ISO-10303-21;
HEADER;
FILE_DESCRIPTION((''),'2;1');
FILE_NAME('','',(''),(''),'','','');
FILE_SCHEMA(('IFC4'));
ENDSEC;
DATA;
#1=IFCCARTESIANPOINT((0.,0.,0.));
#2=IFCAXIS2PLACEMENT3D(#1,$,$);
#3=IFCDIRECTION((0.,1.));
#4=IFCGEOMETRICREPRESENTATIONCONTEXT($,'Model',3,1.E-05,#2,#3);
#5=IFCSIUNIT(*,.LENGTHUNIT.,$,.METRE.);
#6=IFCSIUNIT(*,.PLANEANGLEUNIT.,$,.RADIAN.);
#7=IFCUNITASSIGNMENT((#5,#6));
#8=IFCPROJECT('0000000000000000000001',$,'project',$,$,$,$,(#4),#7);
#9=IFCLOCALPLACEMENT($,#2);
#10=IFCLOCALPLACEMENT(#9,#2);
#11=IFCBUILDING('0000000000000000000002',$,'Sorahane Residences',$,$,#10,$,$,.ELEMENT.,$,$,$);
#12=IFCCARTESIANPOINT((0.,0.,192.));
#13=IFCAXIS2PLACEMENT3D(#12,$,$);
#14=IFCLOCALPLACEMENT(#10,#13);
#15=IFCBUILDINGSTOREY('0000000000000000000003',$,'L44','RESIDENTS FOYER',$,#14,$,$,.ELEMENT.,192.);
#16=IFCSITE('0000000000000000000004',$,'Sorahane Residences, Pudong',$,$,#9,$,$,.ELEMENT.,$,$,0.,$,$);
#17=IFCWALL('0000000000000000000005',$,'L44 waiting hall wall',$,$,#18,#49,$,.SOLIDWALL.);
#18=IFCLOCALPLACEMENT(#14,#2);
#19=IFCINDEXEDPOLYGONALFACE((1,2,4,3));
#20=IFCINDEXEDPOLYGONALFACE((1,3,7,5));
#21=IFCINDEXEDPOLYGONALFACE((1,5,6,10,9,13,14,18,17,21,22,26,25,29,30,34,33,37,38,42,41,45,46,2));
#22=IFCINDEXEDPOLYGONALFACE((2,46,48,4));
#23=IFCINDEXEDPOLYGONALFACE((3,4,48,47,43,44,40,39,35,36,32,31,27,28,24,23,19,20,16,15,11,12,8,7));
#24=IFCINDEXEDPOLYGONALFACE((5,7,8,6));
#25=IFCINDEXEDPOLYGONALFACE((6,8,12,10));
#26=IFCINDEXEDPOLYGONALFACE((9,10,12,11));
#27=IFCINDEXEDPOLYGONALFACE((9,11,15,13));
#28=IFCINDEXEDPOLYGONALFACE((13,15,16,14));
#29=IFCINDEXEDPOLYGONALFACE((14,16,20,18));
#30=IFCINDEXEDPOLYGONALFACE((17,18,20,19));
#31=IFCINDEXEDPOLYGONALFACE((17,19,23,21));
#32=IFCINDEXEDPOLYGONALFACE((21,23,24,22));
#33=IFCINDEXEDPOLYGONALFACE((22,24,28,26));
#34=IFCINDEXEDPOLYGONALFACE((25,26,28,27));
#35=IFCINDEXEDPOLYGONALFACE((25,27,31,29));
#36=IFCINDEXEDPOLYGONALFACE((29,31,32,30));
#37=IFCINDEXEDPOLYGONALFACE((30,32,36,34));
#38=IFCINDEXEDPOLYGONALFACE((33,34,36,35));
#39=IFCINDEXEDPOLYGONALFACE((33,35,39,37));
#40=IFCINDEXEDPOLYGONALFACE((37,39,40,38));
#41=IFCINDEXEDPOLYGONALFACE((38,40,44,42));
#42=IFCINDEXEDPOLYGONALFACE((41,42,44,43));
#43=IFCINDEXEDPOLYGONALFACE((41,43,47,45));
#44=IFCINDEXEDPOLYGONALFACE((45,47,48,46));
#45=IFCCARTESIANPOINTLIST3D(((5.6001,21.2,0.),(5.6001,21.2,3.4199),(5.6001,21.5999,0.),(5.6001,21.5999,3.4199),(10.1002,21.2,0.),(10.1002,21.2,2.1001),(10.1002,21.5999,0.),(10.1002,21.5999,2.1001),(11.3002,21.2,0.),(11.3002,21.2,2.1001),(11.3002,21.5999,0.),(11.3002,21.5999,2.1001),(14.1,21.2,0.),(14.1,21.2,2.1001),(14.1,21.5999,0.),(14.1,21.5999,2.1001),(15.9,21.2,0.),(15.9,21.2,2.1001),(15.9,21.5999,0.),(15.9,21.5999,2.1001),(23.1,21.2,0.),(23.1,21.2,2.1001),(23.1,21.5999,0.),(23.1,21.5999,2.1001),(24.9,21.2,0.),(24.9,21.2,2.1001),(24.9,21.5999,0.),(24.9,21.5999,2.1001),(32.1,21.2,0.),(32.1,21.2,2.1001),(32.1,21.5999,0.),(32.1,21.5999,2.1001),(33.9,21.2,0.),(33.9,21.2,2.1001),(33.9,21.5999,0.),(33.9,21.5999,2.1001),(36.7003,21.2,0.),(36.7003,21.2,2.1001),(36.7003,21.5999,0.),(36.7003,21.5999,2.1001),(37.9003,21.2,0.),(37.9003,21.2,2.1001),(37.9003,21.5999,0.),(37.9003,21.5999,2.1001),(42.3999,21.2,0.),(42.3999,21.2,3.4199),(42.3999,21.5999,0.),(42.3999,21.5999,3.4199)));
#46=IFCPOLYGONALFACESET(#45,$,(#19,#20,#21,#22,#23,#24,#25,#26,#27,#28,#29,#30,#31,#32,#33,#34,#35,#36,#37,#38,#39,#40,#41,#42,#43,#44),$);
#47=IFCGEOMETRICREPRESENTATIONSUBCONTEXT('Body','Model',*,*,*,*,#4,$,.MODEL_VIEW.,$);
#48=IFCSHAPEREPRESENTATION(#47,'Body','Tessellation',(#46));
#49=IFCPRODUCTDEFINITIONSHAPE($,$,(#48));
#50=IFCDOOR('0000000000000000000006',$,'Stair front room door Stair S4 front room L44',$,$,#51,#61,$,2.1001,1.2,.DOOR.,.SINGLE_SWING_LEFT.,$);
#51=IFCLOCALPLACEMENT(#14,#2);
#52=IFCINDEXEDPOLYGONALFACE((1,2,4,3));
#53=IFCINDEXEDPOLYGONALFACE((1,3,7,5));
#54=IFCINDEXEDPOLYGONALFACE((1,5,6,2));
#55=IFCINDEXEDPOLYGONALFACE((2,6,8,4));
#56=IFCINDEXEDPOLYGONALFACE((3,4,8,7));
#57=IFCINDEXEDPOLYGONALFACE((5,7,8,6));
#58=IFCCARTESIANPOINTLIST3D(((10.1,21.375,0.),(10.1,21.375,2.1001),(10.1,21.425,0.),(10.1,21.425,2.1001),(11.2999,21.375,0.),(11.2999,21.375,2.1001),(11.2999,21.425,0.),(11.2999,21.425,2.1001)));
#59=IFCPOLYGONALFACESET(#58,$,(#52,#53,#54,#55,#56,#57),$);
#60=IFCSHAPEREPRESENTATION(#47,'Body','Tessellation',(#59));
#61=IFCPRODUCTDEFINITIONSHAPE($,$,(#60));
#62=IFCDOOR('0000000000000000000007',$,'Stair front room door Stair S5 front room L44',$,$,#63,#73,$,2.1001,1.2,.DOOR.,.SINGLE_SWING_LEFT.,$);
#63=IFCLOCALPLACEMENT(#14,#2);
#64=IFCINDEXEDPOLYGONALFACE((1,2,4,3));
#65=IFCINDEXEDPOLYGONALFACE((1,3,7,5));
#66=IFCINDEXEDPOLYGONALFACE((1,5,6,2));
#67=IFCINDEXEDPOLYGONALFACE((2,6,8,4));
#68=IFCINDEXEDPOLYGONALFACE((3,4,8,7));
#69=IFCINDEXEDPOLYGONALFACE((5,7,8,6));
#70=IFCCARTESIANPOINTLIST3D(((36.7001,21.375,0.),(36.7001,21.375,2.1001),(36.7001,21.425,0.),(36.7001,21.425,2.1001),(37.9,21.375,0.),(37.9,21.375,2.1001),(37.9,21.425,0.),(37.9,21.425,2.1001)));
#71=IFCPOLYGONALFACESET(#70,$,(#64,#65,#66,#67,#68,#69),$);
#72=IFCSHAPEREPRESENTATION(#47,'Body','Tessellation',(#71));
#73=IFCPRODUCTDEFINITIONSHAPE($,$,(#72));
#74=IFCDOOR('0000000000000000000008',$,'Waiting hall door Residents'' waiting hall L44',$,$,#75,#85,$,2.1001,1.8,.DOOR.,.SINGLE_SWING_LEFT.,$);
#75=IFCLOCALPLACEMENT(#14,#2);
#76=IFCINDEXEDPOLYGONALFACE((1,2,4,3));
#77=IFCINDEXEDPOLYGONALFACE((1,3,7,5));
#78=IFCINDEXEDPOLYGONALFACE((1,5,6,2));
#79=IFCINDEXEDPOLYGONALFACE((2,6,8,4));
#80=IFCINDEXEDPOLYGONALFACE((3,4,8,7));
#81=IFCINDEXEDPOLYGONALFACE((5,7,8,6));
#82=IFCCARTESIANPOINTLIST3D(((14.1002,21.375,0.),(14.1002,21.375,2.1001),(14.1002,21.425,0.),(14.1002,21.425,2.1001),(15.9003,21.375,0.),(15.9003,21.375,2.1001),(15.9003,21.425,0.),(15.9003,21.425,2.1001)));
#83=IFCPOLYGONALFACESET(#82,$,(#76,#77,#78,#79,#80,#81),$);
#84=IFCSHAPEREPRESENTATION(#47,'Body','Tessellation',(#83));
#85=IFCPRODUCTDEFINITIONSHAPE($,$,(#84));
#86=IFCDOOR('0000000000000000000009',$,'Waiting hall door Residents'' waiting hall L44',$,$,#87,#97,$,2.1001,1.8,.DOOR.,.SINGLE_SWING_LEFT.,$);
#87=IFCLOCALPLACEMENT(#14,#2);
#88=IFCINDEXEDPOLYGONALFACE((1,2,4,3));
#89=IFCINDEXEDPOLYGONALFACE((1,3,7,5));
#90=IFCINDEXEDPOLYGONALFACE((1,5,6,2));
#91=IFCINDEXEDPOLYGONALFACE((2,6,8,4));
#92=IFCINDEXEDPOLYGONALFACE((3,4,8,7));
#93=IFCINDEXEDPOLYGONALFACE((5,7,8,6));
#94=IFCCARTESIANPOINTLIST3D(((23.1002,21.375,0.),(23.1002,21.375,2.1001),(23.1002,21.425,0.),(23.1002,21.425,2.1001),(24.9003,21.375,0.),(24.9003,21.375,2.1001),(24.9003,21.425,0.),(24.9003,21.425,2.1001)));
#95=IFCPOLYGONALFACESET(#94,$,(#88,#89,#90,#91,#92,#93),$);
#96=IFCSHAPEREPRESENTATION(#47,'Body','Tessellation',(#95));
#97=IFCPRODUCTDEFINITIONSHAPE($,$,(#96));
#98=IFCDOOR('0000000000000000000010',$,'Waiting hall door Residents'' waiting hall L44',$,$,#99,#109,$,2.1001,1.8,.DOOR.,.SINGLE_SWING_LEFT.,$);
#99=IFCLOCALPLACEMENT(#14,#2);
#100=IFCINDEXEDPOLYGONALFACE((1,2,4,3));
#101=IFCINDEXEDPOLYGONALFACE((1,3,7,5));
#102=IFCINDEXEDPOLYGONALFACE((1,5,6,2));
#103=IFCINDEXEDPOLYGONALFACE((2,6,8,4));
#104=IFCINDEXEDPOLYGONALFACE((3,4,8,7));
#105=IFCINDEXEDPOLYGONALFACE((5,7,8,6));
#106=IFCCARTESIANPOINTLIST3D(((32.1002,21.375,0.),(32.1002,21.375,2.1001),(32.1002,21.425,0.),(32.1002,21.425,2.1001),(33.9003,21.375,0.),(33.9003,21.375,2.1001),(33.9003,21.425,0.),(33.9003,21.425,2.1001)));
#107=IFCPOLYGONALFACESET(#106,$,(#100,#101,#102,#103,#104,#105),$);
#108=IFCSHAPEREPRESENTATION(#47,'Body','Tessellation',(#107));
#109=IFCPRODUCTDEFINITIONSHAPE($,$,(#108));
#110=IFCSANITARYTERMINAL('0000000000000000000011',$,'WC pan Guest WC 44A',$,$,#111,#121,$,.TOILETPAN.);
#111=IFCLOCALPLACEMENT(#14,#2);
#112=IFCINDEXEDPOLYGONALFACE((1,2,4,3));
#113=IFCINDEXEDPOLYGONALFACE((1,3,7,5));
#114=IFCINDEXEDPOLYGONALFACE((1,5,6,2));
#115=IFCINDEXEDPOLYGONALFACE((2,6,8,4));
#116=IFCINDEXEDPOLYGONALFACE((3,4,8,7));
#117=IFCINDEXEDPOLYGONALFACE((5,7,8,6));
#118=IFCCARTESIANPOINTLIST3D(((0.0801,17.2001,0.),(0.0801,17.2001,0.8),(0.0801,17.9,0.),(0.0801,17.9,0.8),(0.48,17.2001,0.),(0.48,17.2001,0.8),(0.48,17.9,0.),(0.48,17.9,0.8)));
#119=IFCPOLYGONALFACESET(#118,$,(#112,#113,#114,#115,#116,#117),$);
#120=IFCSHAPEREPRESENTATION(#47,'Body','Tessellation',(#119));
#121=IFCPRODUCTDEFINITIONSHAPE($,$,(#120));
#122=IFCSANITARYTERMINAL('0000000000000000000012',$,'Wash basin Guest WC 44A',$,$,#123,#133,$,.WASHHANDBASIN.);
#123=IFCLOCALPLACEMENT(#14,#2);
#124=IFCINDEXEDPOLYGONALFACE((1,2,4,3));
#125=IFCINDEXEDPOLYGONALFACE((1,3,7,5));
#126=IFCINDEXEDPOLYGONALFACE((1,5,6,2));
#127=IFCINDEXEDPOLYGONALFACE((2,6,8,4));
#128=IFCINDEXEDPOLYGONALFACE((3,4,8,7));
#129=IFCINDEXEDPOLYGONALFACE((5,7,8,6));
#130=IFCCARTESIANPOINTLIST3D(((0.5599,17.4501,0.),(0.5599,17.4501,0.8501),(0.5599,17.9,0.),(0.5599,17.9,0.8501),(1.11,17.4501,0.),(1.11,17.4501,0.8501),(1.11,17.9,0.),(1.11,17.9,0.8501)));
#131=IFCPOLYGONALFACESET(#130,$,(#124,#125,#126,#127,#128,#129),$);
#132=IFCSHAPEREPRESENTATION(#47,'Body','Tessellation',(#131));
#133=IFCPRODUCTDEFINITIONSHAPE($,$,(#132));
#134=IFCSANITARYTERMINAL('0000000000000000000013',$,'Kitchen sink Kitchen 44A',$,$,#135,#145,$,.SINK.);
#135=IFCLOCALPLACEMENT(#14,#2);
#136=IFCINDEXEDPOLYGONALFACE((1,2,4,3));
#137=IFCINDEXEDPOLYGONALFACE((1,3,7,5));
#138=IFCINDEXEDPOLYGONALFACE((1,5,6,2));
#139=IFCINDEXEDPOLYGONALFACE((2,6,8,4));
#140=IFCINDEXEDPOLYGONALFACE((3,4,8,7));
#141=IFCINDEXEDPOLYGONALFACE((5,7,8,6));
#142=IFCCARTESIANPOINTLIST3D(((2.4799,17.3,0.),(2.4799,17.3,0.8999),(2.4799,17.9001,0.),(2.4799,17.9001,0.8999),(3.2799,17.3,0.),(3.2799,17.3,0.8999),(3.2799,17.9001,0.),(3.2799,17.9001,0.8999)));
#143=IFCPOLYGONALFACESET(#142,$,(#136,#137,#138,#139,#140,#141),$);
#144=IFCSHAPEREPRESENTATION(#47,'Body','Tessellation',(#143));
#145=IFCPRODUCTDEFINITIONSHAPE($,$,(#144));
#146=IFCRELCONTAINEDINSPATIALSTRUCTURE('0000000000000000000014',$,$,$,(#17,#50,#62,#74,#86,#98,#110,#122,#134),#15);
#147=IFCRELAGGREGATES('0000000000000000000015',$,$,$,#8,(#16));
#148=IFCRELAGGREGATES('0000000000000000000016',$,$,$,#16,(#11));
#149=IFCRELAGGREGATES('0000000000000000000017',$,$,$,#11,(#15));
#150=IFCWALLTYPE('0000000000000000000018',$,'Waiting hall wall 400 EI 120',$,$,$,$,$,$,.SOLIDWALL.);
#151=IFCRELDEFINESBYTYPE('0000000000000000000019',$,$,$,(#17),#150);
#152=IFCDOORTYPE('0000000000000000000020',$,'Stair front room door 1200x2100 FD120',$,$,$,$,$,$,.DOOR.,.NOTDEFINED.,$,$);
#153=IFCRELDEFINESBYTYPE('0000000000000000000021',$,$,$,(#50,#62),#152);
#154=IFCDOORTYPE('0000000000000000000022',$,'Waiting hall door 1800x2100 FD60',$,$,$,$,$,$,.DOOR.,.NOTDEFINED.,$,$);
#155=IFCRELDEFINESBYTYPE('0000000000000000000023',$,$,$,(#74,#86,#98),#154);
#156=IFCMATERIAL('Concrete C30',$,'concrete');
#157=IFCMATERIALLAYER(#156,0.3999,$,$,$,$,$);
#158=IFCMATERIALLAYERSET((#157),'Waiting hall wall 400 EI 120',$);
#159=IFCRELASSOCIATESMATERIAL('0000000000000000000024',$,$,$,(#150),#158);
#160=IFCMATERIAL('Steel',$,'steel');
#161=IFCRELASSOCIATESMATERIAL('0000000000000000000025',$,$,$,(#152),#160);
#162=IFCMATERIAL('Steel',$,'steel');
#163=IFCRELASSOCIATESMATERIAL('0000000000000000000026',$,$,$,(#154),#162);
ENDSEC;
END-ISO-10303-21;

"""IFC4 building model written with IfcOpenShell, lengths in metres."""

from ifc_helpers import new_model, si_unit, direction, frame, frame_2d, origin, origin_2d, place, context, subcontext, project, spatial, rectangle, extrude, material, layer, layer_set, type_object, element, fill, save


model = new_model("IFC4")

# Units and contexts
model_context = context("Model", 3, precision=1e-05, world=origin(), true_north=direction((0.0, 1.0)))
body_context = subcontext(model_context, "Body", "Model", "MODEL_VIEW")
ifc_project = project(units=[si_unit("LENGTHUNIT", "METRE"), si_unit("PLANEANGLEUNIT", "RADIAN")], contexts=[model_context])

# Site, building, storey
site_placement = place(None, origin())
site = spatial("IfcSite", under=ifc_project, at=site_placement, Name="Sorahane Residences, Pudong", CompositionType="ELEMENT", RefElevation=0.0)
building_placement = place(site_placement, origin())
building = spatial("IfcBuilding", under=site, at=building_placement, Name="Sorahane Residences", CompositionType="ELEMENT")
storey_placement = place(building_placement, frame((0.0, 0.0, 192.0)))
storey = spatial("IfcBuildingStorey", under=building, at=storey_placement, Name="L44", Description="RESIDENTS FOYER", CompositionType="ELEMENT", Elevation=192.0)

# Wall, openings, doors
ifc_material_1 = material(Name="Concrete C30", Category="concrete")
ifc_layer_1 = layer(ifc_material_1, 0.3999)
ifc_layer_set_1 = layer_set([ifc_layer_1], Name="Waiting hall wall 400 EI 120")
wall_type_1 = type_object("IfcWallType", Name="Waiting hall wall 400 EI 120", PredefinedType="SOLIDWALL", material=ifc_layer_set_1)
wall_1_placement = place(storey_placement, frame((5.6001, 21.3999, 0.0), z_axis=(0.0, 0.0, 1.0), x_axis=(1.0, 0.0, 0.0)))
wall_1 = element("IfcWall", 1, at=wall_1_placement, inside=storey, type_object=wall_type_1, Name="L44 waiting hall wall", PredefinedType="SOLIDWALL", context=body_context, shape_type="SweptSolid", body=[
    extrude(rectangle(XDim=36.7998, YDim=0.3999, at=frame_2d((18.3999, 0.0))), origin(), (0.0, 0.0, 1.0), 3.4199),
])
opening_1_placement = place(wall_1_placement, frame((8.5, 0.0, 0.0)))
opening_1 = element("IfcOpeningElement", 2, at=opening_1_placement, cuts=wall_1, PredefinedType="OPENING", context=body_context, shape_type="SweptSolid", body=[
    extrude(rectangle(XDim=1.8, YDim=2.1001, at=frame_2d((0.8999, 1.05))), frame((0.0, 0.21, 0.0), z_axis=(0.0, -1.0, 0.0), x_axis=(1.0, 0.0, 0.0)), (0.0, 0.0, 1.0), 0.4199),
])
opening_2_placement = place(wall_1_placement, frame((17.5, 0.0, 0.0)))
opening_2 = element("IfcOpeningElement", 3, at=opening_2_placement, cuts=wall_1, PredefinedType="OPENING", context=body_context, shape_type="SweptSolid", body=[
    extrude(rectangle(XDim=1.8, YDim=2.1001, at=frame_2d((0.8999, 1.05))), frame((0.0, 0.21, 0.0), z_axis=(0.0, -1.0, 0.0), x_axis=(1.0, 0.0, 0.0)), (0.0, 0.0, 1.0), 0.4199),
])
opening_3_placement = place(wall_1_placement, frame((26.5, 0.0, 0.0)))
opening_3 = element("IfcOpeningElement", 4, at=opening_3_placement, cuts=wall_1, PredefinedType="OPENING", context=body_context, shape_type="SweptSolid", body=[
    extrude(rectangle(XDim=1.8, YDim=2.1001, at=frame_2d((0.8999, 1.05))), frame((0.0, 0.21, 0.0), z_axis=(0.0, -1.0, 0.0), x_axis=(1.0, 0.0, 0.0)), (0.0, 0.0, 1.0), 0.4199),
])
opening_4_placement = place(wall_1_placement, frame((4.5, 0.0, 0.0)))
opening_4 = element("IfcOpeningElement", 5, at=opening_4_placement, cuts=wall_1, PredefinedType="OPENING", context=body_context, shape_type="SweptSolid", body=[
    extrude(rectangle(XDim=1.2, YDim=2.1001, at=frame_2d((0.6001, 1.05))), frame((0.0, 0.21, 0.0), z_axis=(0.0, -1.0, 0.0), x_axis=(1.0, 0.0, 0.0)), (0.0, 0.0, 1.0), 0.4199),
])
opening_5_placement = place(wall_1_placement, frame((31.1001, 0.0, 0.0)))
opening_5 = element("IfcOpeningElement", 6, at=opening_5_placement, cuts=wall_1, PredefinedType="OPENING", context=body_context, shape_type="SweptSolid", body=[
    extrude(rectangle(XDim=1.2, YDim=2.1001, at=frame_2d((0.6001, 1.05))), frame((0.0, 0.21, 0.0), z_axis=(0.0, -1.0, 0.0), x_axis=(1.0, 0.0, 0.0)), (0.0, 0.0, 1.0), 0.4199),
])
ifc_material_2 = material(Name="Steel", Category="steel")
door_type_1 = type_object("IfcDoorType", Name="Stair front room door 1200x2100 FD120", OperationType="NOTDEFINED", PredefinedType="DOOR", material=ifc_material_2)
door_1_placement = place(opening_4_placement, frame((1.2, 0.0, 0.0), z_axis=(0.0, 0.0, 1.0), x_axis=(-1.0, 0.0, 0.0)))
door_1 = element("IfcDoor", 7, at=door_1_placement, inside=storey, type_object=door_type_1, Name="Stair front room door Stair S4 front room L44", OperationType="SINGLE_SWING_LEFT", OverallHeight=2.1001, OverallWidth=1.2, PredefinedType="DOOR", context=body_context, shape_type="SweptSolid", body=[
    extrude(rectangle(XDim=1.2, YDim=2.1001, at=frame_2d((0.6001, 1.05))), frame((0.0, 0.0249, 0.0), z_axis=(0.0, -1.0, 0.0), x_axis=(1.0, 0.0, 0.0)), (0.0, 0.0, 1.0), 0.05),
])
fill(opening_4, door_1)
door_2_placement = place(opening_5_placement, frame((1.2, 0.0, 0.0), z_axis=(0.0, 0.0, 1.0), x_axis=(-1.0, 0.0, 0.0)))
door_2 = element("IfcDoor", 8, at=door_2_placement, inside=storey, type_object=door_type_1, Name="Stair front room door Stair S5 front room L44", OperationType="SINGLE_SWING_LEFT", OverallHeight=2.1001, OverallWidth=1.2, PredefinedType="DOOR", context=body_context, shape_type="SweptSolid", body=[
    extrude(rectangle(XDim=1.2, YDim=2.1001, at=frame_2d((0.6001, 1.05))), frame((0.0, 0.0249, 0.0), z_axis=(0.0, -1.0, 0.0), x_axis=(1.0, 0.0, 0.0)), (0.0, 0.0, 1.0), 0.05),
])
fill(opening_5, door_2)
ifc_material_3 = material(Name="Steel", Category="steel")
door_type_2 = type_object("IfcDoorType", Name="Waiting hall door 1800x2100 FD60", OperationType="NOTDEFINED", PredefinedType="DOOR", material=ifc_material_3)
door_3_placement = place(opening_1_placement, frame((1.8, 0.0, 0.0), z_axis=(0.0, 0.0, 1.0), x_axis=(-1.0, 0.0, 0.0)))
door_3 = element("IfcDoor", 9, at=door_3_placement, inside=storey, type_object=door_type_2, Name="Waiting hall door Residents' waiting hall L44", OperationType="SINGLE_SWING_LEFT", OverallHeight=2.1001, OverallWidth=1.8, PredefinedType="DOOR", context=body_context, shape_type="SweptSolid", body=[
    extrude(rectangle(XDim=1.8, YDim=2.1001, at=frame_2d((0.8999, 1.05))), frame((0.0, 0.0249, 0.0), z_axis=(0.0, -1.0, 0.0), x_axis=(1.0, 0.0, 0.0)), (0.0, 0.0, 1.0), 0.05),
])
fill(opening_1, door_3)
door_4_placement = place(opening_2_placement, frame((1.8, 0.0, 0.0), z_axis=(0.0, 0.0, 1.0), x_axis=(-1.0, 0.0, 0.0)))
door_4 = element("IfcDoor", 10, at=door_4_placement, inside=storey, type_object=door_type_2, Name="Waiting hall door Residents' waiting hall L44", OperationType="SINGLE_SWING_LEFT", OverallHeight=2.1001, OverallWidth=1.8, PredefinedType="DOOR", context=body_context, shape_type="SweptSolid", body=[
    extrude(rectangle(XDim=1.8, YDim=2.1001, at=frame_2d((0.8999, 1.05))), frame((0.0, 0.0249, 0.0), z_axis=(0.0, -1.0, 0.0), x_axis=(1.0, 0.0, 0.0)), (0.0, 0.0, 1.0), 0.05),
])
fill(opening_2, door_4)
door_5_placement = place(opening_3_placement, frame((1.8, 0.0, 0.0), z_axis=(0.0, 0.0, 1.0), x_axis=(-1.0, 0.0, 0.0)))
door_5 = element("IfcDoor", 11, at=door_5_placement, inside=storey, type_object=door_type_2, Name="Waiting hall door Residents' waiting hall L44", OperationType="SINGLE_SWING_LEFT", OverallHeight=2.1001, OverallWidth=1.8, PredefinedType="DOOR", context=body_context, shape_type="SweptSolid", body=[
    extrude(rectangle(XDim=1.8, YDim=2.1001, at=frame_2d((0.8999, 1.05))), frame((0.0, 0.0249, 0.0), z_axis=(0.0, -1.0, 0.0), x_axis=(1.0, 0.0, 0.0)), (0.0, 0.0, 1.0), 0.05),
])
fill(opening_3, door_5)

# Sanitary terminals
sanitary_terminal_1_placement = place(storey_placement, frame((0.28, 17.55, 0.0), z_axis=(0.0, 0.0, 1.0), x_axis=(1.0, 0.0, 0.0)))
element("IfcSanitaryTerminal", 12, at=sanitary_terminal_1_placement, inside=storey, Name="WC pan Guest WC 44A", PredefinedType="TOILETPAN", context=body_context, shape_type="SweptSolid", body=[
    extrude(rectangle(XDim=0.3999, YDim=0.7, at=origin_2d()), origin(), (0.0, 0.0, 1.0), 0.8),
])
sanitary_terminal_2_placement = place(storey_placement, frame((0.835, 17.675, 0.0), z_axis=(0.0, 0.0, 1.0), x_axis=(1.0, 0.0, 0.0)))
element("IfcSanitaryTerminal", 13, at=sanitary_terminal_2_placement, inside=storey, Name="Wash basin Guest WC 44A", PredefinedType="WASHHANDBASIN", context=body_context, shape_type="SweptSolid", body=[
    extrude(rectangle(XDim=0.55, YDim=0.45, at=origin_2d()), origin(), (0.0, 0.0, 1.0), 0.8501),
])
sanitary_terminal_3_placement = place(storey_placement, frame((2.8799, 17.6001, 0.0), z_axis=(0.0, 0.0, 1.0), x_axis=(1.0, 0.0, 0.0)))
element("IfcSanitaryTerminal", 14, at=sanitary_terminal_3_placement, inside=storey, Name="Kitchen sink Kitchen 44A", PredefinedType="SINK", context=body_context, shape_type="SweptSolid", body=[
    extrude(rectangle(XDim=0.8, YDim=0.6001, at=origin_2d()), origin(), (0.0, 0.0, 1.0), 0.8999),
])

save(model, "model.ifc")
